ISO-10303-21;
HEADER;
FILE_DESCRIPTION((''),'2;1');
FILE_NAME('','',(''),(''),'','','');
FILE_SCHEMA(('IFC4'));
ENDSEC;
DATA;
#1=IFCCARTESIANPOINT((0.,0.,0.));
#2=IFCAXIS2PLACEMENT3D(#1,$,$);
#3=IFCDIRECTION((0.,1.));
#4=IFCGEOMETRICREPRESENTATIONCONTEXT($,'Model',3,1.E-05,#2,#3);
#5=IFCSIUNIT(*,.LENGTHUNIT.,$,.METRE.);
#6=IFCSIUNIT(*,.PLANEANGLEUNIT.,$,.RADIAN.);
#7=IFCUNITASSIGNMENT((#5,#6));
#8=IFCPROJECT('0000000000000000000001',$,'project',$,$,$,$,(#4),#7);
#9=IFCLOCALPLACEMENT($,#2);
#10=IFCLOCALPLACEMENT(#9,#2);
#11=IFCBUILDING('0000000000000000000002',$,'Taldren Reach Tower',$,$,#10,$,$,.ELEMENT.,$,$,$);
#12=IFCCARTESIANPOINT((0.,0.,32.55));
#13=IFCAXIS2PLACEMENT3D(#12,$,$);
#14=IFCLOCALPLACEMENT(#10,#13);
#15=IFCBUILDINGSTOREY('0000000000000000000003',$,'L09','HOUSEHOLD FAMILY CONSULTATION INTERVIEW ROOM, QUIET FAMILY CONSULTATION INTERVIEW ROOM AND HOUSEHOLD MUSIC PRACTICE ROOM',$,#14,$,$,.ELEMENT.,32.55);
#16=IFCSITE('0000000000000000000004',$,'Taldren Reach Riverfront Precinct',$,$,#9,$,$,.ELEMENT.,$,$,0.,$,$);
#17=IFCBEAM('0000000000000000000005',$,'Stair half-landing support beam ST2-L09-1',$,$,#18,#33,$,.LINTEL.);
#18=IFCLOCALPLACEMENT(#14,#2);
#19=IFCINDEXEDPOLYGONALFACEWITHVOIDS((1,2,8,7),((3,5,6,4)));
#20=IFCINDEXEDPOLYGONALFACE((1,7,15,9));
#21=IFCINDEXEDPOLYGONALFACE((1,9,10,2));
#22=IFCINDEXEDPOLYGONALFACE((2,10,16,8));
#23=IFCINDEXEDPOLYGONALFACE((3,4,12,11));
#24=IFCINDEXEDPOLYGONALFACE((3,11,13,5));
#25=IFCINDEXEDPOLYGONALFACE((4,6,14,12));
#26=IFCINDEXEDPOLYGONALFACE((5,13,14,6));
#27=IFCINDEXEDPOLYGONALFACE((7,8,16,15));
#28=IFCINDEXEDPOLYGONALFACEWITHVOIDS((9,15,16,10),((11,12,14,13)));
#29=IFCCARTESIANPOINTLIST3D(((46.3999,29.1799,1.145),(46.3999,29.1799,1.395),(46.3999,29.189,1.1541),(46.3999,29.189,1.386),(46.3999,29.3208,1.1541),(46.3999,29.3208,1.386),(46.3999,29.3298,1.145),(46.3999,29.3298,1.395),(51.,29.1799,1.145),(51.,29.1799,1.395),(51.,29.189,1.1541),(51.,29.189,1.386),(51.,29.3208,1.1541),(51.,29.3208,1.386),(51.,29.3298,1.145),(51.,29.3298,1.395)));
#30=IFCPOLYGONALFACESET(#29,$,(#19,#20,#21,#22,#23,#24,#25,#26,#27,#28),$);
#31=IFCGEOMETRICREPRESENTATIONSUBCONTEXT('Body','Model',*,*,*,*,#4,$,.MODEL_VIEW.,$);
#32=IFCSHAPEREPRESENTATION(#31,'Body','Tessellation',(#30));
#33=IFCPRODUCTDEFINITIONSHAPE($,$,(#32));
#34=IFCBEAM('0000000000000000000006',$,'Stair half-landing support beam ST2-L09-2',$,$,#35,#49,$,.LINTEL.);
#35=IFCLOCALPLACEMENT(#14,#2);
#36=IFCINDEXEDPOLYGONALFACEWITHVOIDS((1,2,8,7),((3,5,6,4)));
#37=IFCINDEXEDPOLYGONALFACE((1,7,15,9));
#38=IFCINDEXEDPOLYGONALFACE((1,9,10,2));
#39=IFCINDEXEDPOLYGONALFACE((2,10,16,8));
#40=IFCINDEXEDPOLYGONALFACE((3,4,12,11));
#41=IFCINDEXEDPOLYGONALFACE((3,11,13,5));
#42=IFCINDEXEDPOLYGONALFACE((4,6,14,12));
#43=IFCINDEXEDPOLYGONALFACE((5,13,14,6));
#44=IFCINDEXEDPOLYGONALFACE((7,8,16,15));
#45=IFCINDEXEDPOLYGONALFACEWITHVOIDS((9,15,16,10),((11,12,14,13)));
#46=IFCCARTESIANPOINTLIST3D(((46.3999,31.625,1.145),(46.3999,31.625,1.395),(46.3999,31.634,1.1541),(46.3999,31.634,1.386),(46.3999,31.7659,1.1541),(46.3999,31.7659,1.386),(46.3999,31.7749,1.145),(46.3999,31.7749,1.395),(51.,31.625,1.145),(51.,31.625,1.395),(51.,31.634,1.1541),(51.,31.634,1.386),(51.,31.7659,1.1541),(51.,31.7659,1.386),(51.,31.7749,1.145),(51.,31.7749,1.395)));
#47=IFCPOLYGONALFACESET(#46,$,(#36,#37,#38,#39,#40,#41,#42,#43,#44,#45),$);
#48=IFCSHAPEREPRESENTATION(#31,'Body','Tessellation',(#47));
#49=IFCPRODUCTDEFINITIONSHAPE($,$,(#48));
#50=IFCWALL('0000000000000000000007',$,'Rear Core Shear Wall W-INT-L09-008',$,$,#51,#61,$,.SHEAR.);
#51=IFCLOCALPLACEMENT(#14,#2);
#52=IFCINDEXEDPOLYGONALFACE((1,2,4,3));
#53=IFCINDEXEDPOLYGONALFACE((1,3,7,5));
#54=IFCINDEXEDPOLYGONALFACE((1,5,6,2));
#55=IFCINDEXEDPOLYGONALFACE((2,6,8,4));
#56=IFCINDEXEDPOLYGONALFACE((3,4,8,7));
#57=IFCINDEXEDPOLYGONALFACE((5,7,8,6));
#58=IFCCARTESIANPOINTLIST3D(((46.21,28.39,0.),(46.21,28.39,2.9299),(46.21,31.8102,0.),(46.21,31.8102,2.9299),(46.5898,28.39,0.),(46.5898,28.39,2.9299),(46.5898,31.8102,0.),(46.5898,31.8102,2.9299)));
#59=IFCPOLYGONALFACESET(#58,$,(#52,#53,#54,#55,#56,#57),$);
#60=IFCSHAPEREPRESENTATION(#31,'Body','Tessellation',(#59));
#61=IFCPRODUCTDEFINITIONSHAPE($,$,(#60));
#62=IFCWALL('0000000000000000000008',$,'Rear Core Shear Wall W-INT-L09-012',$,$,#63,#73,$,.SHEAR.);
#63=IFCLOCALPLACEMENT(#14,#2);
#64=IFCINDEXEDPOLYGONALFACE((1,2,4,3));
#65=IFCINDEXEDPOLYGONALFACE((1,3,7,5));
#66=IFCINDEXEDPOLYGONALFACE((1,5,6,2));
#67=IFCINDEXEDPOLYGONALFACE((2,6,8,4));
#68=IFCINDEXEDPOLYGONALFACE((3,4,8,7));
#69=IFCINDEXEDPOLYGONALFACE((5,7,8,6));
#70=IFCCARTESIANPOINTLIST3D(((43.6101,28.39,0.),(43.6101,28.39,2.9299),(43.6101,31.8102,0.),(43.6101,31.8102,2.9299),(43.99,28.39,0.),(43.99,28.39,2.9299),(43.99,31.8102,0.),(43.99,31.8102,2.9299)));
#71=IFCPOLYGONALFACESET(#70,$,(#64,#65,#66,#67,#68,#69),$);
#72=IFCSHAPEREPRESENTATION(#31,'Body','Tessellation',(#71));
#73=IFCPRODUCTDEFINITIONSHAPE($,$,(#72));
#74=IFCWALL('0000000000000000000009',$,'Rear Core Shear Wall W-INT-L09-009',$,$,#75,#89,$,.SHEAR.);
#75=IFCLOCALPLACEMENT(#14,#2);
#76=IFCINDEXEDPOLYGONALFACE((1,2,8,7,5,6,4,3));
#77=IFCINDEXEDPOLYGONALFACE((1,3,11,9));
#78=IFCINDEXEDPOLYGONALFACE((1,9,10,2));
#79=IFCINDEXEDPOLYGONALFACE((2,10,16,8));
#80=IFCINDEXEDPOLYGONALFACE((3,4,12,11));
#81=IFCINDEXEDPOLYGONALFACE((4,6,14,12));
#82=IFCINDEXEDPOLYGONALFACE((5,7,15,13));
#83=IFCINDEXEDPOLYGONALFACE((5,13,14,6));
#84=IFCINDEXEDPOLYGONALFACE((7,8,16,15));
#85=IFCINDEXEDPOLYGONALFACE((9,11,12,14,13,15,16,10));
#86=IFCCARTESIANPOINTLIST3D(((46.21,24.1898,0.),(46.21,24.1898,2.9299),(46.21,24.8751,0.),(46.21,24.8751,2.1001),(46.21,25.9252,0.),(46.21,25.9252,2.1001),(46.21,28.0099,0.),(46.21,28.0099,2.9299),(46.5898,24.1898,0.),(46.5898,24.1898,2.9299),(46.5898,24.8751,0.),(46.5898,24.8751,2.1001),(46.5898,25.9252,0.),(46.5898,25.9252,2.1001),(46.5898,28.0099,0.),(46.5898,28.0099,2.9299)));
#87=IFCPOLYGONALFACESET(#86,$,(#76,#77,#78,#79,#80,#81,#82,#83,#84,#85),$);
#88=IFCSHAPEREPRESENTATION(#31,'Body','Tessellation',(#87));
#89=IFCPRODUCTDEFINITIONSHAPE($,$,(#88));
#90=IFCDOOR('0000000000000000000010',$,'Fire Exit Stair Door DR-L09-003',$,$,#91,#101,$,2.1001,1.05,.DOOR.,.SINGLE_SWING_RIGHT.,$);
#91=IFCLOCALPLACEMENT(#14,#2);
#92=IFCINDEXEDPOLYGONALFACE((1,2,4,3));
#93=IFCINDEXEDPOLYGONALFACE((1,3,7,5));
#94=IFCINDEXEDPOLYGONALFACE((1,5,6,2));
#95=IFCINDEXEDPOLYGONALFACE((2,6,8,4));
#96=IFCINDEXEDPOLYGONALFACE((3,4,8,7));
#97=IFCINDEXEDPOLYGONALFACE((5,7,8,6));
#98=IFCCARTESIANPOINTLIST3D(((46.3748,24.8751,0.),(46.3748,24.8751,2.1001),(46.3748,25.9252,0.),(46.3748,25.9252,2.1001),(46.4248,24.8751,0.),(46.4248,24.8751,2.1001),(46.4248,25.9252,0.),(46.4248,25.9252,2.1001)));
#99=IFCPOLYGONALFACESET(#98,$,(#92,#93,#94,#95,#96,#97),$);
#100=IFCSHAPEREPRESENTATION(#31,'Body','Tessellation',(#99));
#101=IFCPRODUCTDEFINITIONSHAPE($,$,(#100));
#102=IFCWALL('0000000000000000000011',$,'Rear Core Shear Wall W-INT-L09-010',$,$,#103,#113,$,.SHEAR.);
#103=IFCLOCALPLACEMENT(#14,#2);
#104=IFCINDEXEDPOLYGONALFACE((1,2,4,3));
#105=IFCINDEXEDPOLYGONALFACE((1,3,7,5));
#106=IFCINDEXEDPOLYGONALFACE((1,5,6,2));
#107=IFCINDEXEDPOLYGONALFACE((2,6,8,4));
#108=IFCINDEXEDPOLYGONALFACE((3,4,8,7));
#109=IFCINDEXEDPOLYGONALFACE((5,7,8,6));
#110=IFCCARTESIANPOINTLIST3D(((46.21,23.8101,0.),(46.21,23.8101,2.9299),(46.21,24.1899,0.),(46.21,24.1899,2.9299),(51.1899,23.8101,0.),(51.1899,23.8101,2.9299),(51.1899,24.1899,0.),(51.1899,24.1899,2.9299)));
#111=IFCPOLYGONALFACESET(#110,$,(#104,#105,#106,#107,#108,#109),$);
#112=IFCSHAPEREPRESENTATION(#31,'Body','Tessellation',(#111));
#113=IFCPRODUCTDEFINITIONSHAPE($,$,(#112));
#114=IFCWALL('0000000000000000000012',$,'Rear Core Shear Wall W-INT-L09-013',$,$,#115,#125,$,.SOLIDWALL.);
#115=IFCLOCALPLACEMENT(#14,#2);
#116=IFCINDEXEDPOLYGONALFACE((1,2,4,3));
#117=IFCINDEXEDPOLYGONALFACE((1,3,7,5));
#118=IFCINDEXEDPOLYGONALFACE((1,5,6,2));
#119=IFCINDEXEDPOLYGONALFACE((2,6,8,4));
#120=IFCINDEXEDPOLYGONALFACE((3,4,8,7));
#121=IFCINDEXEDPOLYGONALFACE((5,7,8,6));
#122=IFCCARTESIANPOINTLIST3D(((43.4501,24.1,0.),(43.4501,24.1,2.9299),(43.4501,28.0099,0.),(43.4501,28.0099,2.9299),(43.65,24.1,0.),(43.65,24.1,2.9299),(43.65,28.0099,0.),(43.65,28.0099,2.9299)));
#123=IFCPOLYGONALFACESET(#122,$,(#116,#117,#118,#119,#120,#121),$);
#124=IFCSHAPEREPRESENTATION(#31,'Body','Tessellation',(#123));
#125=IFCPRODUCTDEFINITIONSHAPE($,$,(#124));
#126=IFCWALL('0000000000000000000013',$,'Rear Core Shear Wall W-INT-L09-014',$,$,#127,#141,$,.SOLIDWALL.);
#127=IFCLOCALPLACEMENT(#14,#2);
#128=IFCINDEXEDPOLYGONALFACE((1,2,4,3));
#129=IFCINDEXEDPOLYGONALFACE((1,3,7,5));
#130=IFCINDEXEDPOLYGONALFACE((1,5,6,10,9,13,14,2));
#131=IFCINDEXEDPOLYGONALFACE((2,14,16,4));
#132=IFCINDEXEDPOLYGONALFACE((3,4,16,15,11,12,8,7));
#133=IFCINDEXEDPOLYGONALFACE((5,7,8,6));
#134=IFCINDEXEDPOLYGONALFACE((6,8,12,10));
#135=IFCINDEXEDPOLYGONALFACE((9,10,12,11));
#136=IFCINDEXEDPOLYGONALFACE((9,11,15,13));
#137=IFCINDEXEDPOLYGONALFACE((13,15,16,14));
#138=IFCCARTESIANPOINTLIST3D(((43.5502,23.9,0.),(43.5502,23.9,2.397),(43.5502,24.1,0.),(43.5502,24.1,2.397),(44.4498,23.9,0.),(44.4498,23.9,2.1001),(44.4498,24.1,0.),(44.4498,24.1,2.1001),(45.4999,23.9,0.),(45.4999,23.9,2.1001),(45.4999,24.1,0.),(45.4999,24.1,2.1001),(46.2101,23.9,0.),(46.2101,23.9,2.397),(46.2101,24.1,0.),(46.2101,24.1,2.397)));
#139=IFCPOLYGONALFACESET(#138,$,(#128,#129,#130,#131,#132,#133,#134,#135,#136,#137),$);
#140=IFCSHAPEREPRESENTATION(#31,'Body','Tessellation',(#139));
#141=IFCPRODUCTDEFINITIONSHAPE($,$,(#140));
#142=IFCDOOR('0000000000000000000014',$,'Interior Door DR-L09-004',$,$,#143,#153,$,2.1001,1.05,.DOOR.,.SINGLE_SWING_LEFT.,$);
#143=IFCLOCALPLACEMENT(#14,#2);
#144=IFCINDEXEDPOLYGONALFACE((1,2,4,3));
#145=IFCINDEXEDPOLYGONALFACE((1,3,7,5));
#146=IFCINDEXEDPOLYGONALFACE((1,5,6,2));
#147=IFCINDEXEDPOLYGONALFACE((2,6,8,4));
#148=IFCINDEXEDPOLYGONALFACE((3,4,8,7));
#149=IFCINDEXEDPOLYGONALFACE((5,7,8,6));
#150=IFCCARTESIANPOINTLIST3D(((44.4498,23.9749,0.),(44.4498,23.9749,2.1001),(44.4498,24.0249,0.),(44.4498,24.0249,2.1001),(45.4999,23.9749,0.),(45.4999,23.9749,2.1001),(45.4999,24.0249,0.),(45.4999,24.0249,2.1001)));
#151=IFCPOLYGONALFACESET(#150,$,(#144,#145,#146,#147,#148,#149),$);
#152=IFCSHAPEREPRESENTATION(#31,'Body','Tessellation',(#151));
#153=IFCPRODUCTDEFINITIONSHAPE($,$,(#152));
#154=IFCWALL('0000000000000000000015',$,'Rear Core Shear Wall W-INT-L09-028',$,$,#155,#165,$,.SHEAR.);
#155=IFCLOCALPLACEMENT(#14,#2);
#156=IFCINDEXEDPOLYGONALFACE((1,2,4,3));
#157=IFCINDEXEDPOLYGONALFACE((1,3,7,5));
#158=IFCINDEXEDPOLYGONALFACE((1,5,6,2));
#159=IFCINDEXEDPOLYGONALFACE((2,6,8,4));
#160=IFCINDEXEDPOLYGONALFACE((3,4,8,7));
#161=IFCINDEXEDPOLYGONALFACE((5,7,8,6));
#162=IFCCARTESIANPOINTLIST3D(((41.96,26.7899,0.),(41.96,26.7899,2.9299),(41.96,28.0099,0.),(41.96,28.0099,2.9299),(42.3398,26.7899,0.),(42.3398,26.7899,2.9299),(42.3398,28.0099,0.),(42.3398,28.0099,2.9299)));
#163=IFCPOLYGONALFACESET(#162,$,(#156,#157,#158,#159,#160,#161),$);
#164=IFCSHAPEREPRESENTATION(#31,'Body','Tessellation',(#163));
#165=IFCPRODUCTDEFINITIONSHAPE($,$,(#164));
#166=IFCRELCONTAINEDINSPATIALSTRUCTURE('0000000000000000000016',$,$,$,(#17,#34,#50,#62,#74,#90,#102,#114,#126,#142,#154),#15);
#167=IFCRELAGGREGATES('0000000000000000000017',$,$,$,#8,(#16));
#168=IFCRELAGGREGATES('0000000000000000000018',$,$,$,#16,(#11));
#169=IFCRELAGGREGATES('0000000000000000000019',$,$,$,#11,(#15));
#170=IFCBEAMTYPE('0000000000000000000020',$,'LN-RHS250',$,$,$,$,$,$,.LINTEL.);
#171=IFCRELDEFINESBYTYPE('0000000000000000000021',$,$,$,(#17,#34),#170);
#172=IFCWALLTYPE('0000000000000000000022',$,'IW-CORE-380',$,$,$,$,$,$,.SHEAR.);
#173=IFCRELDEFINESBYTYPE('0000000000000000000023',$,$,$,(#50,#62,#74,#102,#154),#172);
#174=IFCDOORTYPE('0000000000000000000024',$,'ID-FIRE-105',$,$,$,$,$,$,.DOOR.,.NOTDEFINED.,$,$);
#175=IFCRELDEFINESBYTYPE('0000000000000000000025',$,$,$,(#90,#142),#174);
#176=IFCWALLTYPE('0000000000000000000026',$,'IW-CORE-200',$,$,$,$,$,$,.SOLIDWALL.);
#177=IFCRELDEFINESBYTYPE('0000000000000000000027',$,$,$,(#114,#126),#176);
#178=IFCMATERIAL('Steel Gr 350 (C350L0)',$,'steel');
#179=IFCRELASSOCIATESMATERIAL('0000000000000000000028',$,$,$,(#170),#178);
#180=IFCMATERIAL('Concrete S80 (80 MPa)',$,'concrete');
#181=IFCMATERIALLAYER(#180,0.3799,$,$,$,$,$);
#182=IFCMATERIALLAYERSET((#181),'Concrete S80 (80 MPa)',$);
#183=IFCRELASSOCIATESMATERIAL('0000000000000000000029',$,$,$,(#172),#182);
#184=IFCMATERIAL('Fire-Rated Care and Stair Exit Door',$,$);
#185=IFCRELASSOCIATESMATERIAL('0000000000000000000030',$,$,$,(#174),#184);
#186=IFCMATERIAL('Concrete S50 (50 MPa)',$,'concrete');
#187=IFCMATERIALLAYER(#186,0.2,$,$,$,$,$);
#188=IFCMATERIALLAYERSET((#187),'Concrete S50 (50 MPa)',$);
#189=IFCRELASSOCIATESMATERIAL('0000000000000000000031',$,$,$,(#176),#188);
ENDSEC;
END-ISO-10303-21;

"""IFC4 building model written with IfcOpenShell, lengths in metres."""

from ifc_helpers import new_model, si_unit, direction, frame, frame_2d, origin, origin_2d, place, context, subcontext, project, spatial, rectangle, hollow_rectangle, extrude, source, transform, mapped, material, layer, layer_set, material_profile, profile_set, type_object, element, fill, save


model = new_model("IFC4")

# Units and contexts
model_context = context("Model", 3, precision=1e-05, world=origin(), true_north=direction((0.0, 1.0)))
body_context = subcontext(model_context, "Body", "Model", "MODEL_VIEW")
ifc_project = project(units=[si_unit("LENGTHUNIT", "METRE"), si_unit("PLANEANGLEUNIT", "RADIAN")], contexts=[model_context])

# Site, building, storey
site_placement = place(None, origin())
site = spatial("IfcSite", under=ifc_project, at=site_placement, Name="Taldren Reach Riverfront Precinct", CompositionType="ELEMENT", RefElevation=0.0)
building_placement = place(site_placement, origin())
building = spatial("IfcBuilding", under=site, at=building_placement, Name="Taldren Reach Tower", CompositionType="ELEMENT")
storey_placement = place(building_placement, frame((0.0, 0.0, 32.55)))
storey = spatial("IfcBuildingStorey", under=building, at=storey_placement, Name="L09", Description="HOUSEHOLD FAMILY CONSULTATION INTERVIEW ROOM, QUIET FAMILY CONSULTATION INTERVIEW ROOM AND HOUSEHOLD MUSIC PRACTICE ROOM", CompositionType="ELEMENT", Elevation=32.55)

# Beams
ifc_material_1 = material(Name="Steel Gr 350 (C350L0)", Category="steel")
ifc_material_profile = material_profile(ifc_material_1, hollow_rectangle(XDim=0.1499, YDim=0.25, WallThickness=0.009, at=origin_2d()), Name="250x150x9.0RHS")
ifc_profile_set = profile_set([ifc_material_profile], Name="Steel Gr 350 (C350L0)")
beam_type = type_object("IfcBeamType", Name="LN-RHS250", PredefinedType="LINTEL", material=ifc_profile_set)
shared_shape_1 = source(origin(), body_context, "Body", "SweptSolid", [
    extrude(hollow_rectangle(XDim=0.1499, YDim=0.25, WallThickness=0.009, at=origin_2d()), origin(), (0.0, 0.0, 1.0), 4.6001),
])
for number, where, z_axis, x_axis, name in (
    (1, (46.3999, 29.2549, 1.27), (1.0, 0.0, 0.0), (0.0, 1.0, 0.0), "Stair half-landing support beam ST2-L09-1"),
    (2, (46.3999, 31.7, 1.27), (1.0, 0.0, 0.0), (0.0, 1.0, 0.0), "Stair half-landing support beam ST2-L09-2"),
):
    element("IfcBeam", number, at=place(storey_placement, frame(where, z_axis=z_axis, x_axis=x_axis)), inside=storey, type_object=beam_type, Name=name, PredefinedType="LINTEL", context=body_context, shape_type="MappedRepresentation", body=[
        mapped(shared_shape_1, transform((0.0, 0.0, 0.0), scale=1.0)),
    ])

# Walls
ifc_material_2 = material(Name="Concrete S80 (80 MPa)", Category="concrete")
ifc_layer_1 = layer(ifc_material_2, 0.3799)
ifc_layer_set_1 = layer_set([ifc_layer_1], Name="Concrete S80 (80 MPa)")
wall_type_1 = type_object("IfcWallType", Name="IW-CORE-380", PredefinedType="SHEAR", material=ifc_layer_set_1)
shared_shape_2 = source(origin(), body_context, "Body", "SweptSolid", [
    extrude(rectangle(XDim=3.4202, YDim=0.3799, at=frame_2d((1.71, 0.0))), origin(), (0.0, 0.0, 1.0), 2.9299),
])
for number, where, z_axis, x_axis, name in (
    (3, (46.3999, 31.8101, 0.0), (0.0, 0.0, 1.0), (0.0, -1.0, 0.0), "Rear Core Shear Wall W-INT-L09-008"),
    (4, (43.8, 31.8101, 0.0), (0.0, 0.0, 1.0), (0.0, -1.0, 0.0), "Rear Core Shear Wall W-INT-L09-012"),
):
    element("IfcWall", number, at=place(storey_placement, frame(where, z_axis=z_axis, x_axis=x_axis)), inside=storey, type_object=wall_type_1, Name=name, PredefinedType="SHEAR", context=body_context, shape_type="MappedRepresentation", body=[
        mapped(shared_shape_2, transform((0.0, 0.0, 0.0), scale=1.0)),
    ])

# Wall, opening, door
shared_shape_3 = source(origin(), body_context, "Body", "SweptSolid", [
    extrude(rectangle(XDim=3.8201, YDim=0.3799, at=frame_2d((1.9102, 0.0))), origin(), (0.0, 0.0, 1.0), 2.9299),
])
wall_1_placement = place(storey_placement, frame((46.3999, 28.01, 0.0), z_axis=(0.0, 0.0, 1.0), x_axis=(0.0, -1.0, 0.0)))
wall_1 = element("IfcWall", 5, at=wall_1_placement, inside=storey, type_object=wall_type_1, Name="Rear Core Shear Wall W-INT-L09-009", PredefinedType="SHEAR", context=body_context, shape_type="MappedRepresentation", body=[
    mapped(shared_shape_3, transform((0.0, 0.0, 0.0), scale=1.0)),
])
shared_shape_4 = source(origin(), body_context, "Body", "SweptSolid", [
    extrude(rectangle(XDim=1.05, YDim=2.1001, at=frame_2d((0.5249, 1.05))), frame((0.0, 0.2, 0.0), z_axis=(0.0, -1.0, 0.0), x_axis=(1.0, 0.0, 0.0)), (0.0, 0.0, 1.0), 0.3999),
])
opening_1_placement = place(wall_1_placement, frame((2.085, 0.0, 0.0)))
opening_1 = element("IfcOpeningElement", 6, at=opening_1_placement, cuts=wall_1, PredefinedType="OPENING", context=body_context, shape_type="MappedRepresentation", body=[
    mapped(shared_shape_4, transform((0.0, 0.0, 0.0), scale=1.0)),
])
ifc_material_3 = material(Name="Fire-Rated Care and Stair Exit Door")
door_type_1 = type_object("IfcDoorType", Name="ID-FIRE-105", OperationType="NOTDEFINED", PredefinedType="DOOR", material=ifc_material_3)
shared_shape_5 = source(origin(), body_context, "Body", "SweptSolid", [
    extrude(rectangle(XDim=1.05, YDim=2.1001, at=frame_2d((0.5249, 1.05))), frame((0.0, 0.0249, 0.0), z_axis=(0.0, -1.0, 0.0), x_axis=(1.0, 0.0, 0.0)), (0.0, 0.0, 1.0), 0.05),
])
door_1_placement = place(opening_1_placement, origin())
door_1 = element("IfcDoor", 7, at=door_1_placement, inside=storey, type_object=door_type_1, Name="Fire Exit Stair Door DR-L09-003", OperationType="SINGLE_SWING_RIGHT", OverallHeight=2.1001, OverallWidth=1.05, PredefinedType="DOOR", context=body_context, shape_type="MappedRepresentation", body=[
    mapped(shared_shape_5, transform((0.0, 0.0, 0.0), scale=1.0)),
])
fill(opening_1, door_1)

# Wall
shared_shape_6 = source(origin(), body_context, "Body", "SweptSolid", [
    extrude(rectangle(XDim=4.98, YDim=0.3799, at=frame_2d((2.49, 0.0))), origin(), (0.0, 0.0, 1.0), 2.9299),
])
wall_2_placement = place(storey_placement, frame((46.21, 24.0, 0.0), z_axis=(0.0, 0.0, 1.0), x_axis=(1.0, 0.0, 0.0)))
element("IfcWall", 8, at=wall_2_placement, inside=storey, type_object=wall_type_1, Name="Rear Core Shear Wall W-INT-L09-010", PredefinedType="SHEAR", context=body_context, shape_type="MappedRepresentation", body=[
    mapped(shared_shape_6, transform((0.0, 0.0, 0.0), scale=1.0)),
])

# Wall
ifc_material_4 = material(Name="Concrete S50 (50 MPa)", Category="concrete")
ifc_layer_2 = layer(ifc_material_4, 0.2)
ifc_layer_set_2 = layer_set([ifc_layer_2], Name="Concrete S50 (50 MPa)")
wall_type_2 = type_object("IfcWallType", Name="IW-CORE-200", PredefinedType="SOLIDWALL", material=ifc_layer_set_2)
shared_shape_7 = source(origin(), body_context, "Body", "SweptSolid", [
    extrude(rectangle(XDim=3.9099, YDim=0.2, at=frame_2d((1.9551, 0.0))), origin(), (0.0, 0.0, 1.0), 2.9299),
])
wall_3_placement = place(storey_placement, frame((43.55, 28.01, 0.0), z_axis=(0.0, 0.0, 1.0), x_axis=(0.0, -1.0, 0.0)))
element("IfcWall", 9, at=wall_3_placement, inside=storey, type_object=wall_type_2, Name="Rear Core Shear Wall W-INT-L09-013", PredefinedType="SOLIDWALL", context=body_context, shape_type="MappedRepresentation", body=[
    mapped(shared_shape_7, transform((0.0, 0.0, 0.0), scale=1.0)),
])

# Wall, opening, door
shared_shape_8 = source(origin(), body_context, "Body", "SweptSolid", [
    extrude(rectangle(XDim=2.6599, YDim=0.2, at=frame_2d((1.3301, 0.0))), origin(), (0.0, 0.0, 1.0), 2.397),
])
wall_4_placement = place(storey_placement, frame((43.55, 24.0, 0.0), z_axis=(0.0, 0.0, 1.0), x_axis=(1.0, 0.0, 0.0)))
wall_4 = element("IfcWall", 10, at=wall_4_placement, inside=storey, type_object=wall_type_2, Name="Rear Core Shear Wall W-INT-L09-014", PredefinedType="SOLIDWALL", context=body_context, shape_type="MappedRepresentation", body=[
    mapped(shared_shape_8, transform((0.0, 0.0, 0.0), scale=1.0)),
])
shared_shape_9 = source(origin(), body_context, "Body", "SweptSolid", [
    extrude(rectangle(XDim=1.05, YDim=2.1001, at=frame_2d((0.5249, 1.05))), frame((0.0, 0.1099, 0.0), z_axis=(0.0, -1.0, 0.0), x_axis=(1.0, 0.0, 0.0)), (0.0, 0.0, 1.0), 0.22),
])
opening_2_placement = place(wall_4_placement, frame((0.8999, 0.0, 0.0)))
opening_2 = element("IfcOpeningElement", 11, at=opening_2_placement, cuts=wall_4, PredefinedType="OPENING", context=body_context, shape_type="MappedRepresentation", body=[
    mapped(shared_shape_9, transform((0.0, 0.0, 0.0), scale=1.0)),
])
door_2_placement = place(opening_2_placement, origin())
door_2 = element("IfcDoor", 12, at=door_2_placement, inside=storey, type_object=door_type_1, Name="Interior Door DR-L09-004", OperationType="SINGLE_SWING_LEFT", OverallHeight=2.1001, OverallWidth=1.05, PredefinedType="DOOR", context=body_context, shape_type="MappedRepresentation", body=[
    mapped(shared_shape_5, transform((0.0, 0.0, 0.0), scale=1.0)),
])
fill(opening_2, door_2)

# Wall
shared_shape_10 = source(origin(), body_context, "Body", "SweptSolid", [
    extrude(rectangle(XDim=1.22, YDim=0.3799, at=frame_2d((0.6099, 0.0))), origin(), (0.0, 0.0, 1.0), 2.9299),
])
wall_5_placement = place(storey_placement, frame((42.1499, 26.79, 0.0), z_axis=(0.0, 0.0, 1.0), x_axis=(0.0, 1.0, 0.0)))
element("IfcWall", 13, at=wall_5_placement, inside=storey, type_object=wall_type_1, Name="Rear Core Shear Wall W-INT-L09-028", PredefinedType="SHEAR", context=body_context, shape_type="MappedRepresentation", body=[
    mapped(shared_shape_10, transform((0.0, 0.0, 0.0), scale=1.0)),
])

save(model, "model.ifc")
